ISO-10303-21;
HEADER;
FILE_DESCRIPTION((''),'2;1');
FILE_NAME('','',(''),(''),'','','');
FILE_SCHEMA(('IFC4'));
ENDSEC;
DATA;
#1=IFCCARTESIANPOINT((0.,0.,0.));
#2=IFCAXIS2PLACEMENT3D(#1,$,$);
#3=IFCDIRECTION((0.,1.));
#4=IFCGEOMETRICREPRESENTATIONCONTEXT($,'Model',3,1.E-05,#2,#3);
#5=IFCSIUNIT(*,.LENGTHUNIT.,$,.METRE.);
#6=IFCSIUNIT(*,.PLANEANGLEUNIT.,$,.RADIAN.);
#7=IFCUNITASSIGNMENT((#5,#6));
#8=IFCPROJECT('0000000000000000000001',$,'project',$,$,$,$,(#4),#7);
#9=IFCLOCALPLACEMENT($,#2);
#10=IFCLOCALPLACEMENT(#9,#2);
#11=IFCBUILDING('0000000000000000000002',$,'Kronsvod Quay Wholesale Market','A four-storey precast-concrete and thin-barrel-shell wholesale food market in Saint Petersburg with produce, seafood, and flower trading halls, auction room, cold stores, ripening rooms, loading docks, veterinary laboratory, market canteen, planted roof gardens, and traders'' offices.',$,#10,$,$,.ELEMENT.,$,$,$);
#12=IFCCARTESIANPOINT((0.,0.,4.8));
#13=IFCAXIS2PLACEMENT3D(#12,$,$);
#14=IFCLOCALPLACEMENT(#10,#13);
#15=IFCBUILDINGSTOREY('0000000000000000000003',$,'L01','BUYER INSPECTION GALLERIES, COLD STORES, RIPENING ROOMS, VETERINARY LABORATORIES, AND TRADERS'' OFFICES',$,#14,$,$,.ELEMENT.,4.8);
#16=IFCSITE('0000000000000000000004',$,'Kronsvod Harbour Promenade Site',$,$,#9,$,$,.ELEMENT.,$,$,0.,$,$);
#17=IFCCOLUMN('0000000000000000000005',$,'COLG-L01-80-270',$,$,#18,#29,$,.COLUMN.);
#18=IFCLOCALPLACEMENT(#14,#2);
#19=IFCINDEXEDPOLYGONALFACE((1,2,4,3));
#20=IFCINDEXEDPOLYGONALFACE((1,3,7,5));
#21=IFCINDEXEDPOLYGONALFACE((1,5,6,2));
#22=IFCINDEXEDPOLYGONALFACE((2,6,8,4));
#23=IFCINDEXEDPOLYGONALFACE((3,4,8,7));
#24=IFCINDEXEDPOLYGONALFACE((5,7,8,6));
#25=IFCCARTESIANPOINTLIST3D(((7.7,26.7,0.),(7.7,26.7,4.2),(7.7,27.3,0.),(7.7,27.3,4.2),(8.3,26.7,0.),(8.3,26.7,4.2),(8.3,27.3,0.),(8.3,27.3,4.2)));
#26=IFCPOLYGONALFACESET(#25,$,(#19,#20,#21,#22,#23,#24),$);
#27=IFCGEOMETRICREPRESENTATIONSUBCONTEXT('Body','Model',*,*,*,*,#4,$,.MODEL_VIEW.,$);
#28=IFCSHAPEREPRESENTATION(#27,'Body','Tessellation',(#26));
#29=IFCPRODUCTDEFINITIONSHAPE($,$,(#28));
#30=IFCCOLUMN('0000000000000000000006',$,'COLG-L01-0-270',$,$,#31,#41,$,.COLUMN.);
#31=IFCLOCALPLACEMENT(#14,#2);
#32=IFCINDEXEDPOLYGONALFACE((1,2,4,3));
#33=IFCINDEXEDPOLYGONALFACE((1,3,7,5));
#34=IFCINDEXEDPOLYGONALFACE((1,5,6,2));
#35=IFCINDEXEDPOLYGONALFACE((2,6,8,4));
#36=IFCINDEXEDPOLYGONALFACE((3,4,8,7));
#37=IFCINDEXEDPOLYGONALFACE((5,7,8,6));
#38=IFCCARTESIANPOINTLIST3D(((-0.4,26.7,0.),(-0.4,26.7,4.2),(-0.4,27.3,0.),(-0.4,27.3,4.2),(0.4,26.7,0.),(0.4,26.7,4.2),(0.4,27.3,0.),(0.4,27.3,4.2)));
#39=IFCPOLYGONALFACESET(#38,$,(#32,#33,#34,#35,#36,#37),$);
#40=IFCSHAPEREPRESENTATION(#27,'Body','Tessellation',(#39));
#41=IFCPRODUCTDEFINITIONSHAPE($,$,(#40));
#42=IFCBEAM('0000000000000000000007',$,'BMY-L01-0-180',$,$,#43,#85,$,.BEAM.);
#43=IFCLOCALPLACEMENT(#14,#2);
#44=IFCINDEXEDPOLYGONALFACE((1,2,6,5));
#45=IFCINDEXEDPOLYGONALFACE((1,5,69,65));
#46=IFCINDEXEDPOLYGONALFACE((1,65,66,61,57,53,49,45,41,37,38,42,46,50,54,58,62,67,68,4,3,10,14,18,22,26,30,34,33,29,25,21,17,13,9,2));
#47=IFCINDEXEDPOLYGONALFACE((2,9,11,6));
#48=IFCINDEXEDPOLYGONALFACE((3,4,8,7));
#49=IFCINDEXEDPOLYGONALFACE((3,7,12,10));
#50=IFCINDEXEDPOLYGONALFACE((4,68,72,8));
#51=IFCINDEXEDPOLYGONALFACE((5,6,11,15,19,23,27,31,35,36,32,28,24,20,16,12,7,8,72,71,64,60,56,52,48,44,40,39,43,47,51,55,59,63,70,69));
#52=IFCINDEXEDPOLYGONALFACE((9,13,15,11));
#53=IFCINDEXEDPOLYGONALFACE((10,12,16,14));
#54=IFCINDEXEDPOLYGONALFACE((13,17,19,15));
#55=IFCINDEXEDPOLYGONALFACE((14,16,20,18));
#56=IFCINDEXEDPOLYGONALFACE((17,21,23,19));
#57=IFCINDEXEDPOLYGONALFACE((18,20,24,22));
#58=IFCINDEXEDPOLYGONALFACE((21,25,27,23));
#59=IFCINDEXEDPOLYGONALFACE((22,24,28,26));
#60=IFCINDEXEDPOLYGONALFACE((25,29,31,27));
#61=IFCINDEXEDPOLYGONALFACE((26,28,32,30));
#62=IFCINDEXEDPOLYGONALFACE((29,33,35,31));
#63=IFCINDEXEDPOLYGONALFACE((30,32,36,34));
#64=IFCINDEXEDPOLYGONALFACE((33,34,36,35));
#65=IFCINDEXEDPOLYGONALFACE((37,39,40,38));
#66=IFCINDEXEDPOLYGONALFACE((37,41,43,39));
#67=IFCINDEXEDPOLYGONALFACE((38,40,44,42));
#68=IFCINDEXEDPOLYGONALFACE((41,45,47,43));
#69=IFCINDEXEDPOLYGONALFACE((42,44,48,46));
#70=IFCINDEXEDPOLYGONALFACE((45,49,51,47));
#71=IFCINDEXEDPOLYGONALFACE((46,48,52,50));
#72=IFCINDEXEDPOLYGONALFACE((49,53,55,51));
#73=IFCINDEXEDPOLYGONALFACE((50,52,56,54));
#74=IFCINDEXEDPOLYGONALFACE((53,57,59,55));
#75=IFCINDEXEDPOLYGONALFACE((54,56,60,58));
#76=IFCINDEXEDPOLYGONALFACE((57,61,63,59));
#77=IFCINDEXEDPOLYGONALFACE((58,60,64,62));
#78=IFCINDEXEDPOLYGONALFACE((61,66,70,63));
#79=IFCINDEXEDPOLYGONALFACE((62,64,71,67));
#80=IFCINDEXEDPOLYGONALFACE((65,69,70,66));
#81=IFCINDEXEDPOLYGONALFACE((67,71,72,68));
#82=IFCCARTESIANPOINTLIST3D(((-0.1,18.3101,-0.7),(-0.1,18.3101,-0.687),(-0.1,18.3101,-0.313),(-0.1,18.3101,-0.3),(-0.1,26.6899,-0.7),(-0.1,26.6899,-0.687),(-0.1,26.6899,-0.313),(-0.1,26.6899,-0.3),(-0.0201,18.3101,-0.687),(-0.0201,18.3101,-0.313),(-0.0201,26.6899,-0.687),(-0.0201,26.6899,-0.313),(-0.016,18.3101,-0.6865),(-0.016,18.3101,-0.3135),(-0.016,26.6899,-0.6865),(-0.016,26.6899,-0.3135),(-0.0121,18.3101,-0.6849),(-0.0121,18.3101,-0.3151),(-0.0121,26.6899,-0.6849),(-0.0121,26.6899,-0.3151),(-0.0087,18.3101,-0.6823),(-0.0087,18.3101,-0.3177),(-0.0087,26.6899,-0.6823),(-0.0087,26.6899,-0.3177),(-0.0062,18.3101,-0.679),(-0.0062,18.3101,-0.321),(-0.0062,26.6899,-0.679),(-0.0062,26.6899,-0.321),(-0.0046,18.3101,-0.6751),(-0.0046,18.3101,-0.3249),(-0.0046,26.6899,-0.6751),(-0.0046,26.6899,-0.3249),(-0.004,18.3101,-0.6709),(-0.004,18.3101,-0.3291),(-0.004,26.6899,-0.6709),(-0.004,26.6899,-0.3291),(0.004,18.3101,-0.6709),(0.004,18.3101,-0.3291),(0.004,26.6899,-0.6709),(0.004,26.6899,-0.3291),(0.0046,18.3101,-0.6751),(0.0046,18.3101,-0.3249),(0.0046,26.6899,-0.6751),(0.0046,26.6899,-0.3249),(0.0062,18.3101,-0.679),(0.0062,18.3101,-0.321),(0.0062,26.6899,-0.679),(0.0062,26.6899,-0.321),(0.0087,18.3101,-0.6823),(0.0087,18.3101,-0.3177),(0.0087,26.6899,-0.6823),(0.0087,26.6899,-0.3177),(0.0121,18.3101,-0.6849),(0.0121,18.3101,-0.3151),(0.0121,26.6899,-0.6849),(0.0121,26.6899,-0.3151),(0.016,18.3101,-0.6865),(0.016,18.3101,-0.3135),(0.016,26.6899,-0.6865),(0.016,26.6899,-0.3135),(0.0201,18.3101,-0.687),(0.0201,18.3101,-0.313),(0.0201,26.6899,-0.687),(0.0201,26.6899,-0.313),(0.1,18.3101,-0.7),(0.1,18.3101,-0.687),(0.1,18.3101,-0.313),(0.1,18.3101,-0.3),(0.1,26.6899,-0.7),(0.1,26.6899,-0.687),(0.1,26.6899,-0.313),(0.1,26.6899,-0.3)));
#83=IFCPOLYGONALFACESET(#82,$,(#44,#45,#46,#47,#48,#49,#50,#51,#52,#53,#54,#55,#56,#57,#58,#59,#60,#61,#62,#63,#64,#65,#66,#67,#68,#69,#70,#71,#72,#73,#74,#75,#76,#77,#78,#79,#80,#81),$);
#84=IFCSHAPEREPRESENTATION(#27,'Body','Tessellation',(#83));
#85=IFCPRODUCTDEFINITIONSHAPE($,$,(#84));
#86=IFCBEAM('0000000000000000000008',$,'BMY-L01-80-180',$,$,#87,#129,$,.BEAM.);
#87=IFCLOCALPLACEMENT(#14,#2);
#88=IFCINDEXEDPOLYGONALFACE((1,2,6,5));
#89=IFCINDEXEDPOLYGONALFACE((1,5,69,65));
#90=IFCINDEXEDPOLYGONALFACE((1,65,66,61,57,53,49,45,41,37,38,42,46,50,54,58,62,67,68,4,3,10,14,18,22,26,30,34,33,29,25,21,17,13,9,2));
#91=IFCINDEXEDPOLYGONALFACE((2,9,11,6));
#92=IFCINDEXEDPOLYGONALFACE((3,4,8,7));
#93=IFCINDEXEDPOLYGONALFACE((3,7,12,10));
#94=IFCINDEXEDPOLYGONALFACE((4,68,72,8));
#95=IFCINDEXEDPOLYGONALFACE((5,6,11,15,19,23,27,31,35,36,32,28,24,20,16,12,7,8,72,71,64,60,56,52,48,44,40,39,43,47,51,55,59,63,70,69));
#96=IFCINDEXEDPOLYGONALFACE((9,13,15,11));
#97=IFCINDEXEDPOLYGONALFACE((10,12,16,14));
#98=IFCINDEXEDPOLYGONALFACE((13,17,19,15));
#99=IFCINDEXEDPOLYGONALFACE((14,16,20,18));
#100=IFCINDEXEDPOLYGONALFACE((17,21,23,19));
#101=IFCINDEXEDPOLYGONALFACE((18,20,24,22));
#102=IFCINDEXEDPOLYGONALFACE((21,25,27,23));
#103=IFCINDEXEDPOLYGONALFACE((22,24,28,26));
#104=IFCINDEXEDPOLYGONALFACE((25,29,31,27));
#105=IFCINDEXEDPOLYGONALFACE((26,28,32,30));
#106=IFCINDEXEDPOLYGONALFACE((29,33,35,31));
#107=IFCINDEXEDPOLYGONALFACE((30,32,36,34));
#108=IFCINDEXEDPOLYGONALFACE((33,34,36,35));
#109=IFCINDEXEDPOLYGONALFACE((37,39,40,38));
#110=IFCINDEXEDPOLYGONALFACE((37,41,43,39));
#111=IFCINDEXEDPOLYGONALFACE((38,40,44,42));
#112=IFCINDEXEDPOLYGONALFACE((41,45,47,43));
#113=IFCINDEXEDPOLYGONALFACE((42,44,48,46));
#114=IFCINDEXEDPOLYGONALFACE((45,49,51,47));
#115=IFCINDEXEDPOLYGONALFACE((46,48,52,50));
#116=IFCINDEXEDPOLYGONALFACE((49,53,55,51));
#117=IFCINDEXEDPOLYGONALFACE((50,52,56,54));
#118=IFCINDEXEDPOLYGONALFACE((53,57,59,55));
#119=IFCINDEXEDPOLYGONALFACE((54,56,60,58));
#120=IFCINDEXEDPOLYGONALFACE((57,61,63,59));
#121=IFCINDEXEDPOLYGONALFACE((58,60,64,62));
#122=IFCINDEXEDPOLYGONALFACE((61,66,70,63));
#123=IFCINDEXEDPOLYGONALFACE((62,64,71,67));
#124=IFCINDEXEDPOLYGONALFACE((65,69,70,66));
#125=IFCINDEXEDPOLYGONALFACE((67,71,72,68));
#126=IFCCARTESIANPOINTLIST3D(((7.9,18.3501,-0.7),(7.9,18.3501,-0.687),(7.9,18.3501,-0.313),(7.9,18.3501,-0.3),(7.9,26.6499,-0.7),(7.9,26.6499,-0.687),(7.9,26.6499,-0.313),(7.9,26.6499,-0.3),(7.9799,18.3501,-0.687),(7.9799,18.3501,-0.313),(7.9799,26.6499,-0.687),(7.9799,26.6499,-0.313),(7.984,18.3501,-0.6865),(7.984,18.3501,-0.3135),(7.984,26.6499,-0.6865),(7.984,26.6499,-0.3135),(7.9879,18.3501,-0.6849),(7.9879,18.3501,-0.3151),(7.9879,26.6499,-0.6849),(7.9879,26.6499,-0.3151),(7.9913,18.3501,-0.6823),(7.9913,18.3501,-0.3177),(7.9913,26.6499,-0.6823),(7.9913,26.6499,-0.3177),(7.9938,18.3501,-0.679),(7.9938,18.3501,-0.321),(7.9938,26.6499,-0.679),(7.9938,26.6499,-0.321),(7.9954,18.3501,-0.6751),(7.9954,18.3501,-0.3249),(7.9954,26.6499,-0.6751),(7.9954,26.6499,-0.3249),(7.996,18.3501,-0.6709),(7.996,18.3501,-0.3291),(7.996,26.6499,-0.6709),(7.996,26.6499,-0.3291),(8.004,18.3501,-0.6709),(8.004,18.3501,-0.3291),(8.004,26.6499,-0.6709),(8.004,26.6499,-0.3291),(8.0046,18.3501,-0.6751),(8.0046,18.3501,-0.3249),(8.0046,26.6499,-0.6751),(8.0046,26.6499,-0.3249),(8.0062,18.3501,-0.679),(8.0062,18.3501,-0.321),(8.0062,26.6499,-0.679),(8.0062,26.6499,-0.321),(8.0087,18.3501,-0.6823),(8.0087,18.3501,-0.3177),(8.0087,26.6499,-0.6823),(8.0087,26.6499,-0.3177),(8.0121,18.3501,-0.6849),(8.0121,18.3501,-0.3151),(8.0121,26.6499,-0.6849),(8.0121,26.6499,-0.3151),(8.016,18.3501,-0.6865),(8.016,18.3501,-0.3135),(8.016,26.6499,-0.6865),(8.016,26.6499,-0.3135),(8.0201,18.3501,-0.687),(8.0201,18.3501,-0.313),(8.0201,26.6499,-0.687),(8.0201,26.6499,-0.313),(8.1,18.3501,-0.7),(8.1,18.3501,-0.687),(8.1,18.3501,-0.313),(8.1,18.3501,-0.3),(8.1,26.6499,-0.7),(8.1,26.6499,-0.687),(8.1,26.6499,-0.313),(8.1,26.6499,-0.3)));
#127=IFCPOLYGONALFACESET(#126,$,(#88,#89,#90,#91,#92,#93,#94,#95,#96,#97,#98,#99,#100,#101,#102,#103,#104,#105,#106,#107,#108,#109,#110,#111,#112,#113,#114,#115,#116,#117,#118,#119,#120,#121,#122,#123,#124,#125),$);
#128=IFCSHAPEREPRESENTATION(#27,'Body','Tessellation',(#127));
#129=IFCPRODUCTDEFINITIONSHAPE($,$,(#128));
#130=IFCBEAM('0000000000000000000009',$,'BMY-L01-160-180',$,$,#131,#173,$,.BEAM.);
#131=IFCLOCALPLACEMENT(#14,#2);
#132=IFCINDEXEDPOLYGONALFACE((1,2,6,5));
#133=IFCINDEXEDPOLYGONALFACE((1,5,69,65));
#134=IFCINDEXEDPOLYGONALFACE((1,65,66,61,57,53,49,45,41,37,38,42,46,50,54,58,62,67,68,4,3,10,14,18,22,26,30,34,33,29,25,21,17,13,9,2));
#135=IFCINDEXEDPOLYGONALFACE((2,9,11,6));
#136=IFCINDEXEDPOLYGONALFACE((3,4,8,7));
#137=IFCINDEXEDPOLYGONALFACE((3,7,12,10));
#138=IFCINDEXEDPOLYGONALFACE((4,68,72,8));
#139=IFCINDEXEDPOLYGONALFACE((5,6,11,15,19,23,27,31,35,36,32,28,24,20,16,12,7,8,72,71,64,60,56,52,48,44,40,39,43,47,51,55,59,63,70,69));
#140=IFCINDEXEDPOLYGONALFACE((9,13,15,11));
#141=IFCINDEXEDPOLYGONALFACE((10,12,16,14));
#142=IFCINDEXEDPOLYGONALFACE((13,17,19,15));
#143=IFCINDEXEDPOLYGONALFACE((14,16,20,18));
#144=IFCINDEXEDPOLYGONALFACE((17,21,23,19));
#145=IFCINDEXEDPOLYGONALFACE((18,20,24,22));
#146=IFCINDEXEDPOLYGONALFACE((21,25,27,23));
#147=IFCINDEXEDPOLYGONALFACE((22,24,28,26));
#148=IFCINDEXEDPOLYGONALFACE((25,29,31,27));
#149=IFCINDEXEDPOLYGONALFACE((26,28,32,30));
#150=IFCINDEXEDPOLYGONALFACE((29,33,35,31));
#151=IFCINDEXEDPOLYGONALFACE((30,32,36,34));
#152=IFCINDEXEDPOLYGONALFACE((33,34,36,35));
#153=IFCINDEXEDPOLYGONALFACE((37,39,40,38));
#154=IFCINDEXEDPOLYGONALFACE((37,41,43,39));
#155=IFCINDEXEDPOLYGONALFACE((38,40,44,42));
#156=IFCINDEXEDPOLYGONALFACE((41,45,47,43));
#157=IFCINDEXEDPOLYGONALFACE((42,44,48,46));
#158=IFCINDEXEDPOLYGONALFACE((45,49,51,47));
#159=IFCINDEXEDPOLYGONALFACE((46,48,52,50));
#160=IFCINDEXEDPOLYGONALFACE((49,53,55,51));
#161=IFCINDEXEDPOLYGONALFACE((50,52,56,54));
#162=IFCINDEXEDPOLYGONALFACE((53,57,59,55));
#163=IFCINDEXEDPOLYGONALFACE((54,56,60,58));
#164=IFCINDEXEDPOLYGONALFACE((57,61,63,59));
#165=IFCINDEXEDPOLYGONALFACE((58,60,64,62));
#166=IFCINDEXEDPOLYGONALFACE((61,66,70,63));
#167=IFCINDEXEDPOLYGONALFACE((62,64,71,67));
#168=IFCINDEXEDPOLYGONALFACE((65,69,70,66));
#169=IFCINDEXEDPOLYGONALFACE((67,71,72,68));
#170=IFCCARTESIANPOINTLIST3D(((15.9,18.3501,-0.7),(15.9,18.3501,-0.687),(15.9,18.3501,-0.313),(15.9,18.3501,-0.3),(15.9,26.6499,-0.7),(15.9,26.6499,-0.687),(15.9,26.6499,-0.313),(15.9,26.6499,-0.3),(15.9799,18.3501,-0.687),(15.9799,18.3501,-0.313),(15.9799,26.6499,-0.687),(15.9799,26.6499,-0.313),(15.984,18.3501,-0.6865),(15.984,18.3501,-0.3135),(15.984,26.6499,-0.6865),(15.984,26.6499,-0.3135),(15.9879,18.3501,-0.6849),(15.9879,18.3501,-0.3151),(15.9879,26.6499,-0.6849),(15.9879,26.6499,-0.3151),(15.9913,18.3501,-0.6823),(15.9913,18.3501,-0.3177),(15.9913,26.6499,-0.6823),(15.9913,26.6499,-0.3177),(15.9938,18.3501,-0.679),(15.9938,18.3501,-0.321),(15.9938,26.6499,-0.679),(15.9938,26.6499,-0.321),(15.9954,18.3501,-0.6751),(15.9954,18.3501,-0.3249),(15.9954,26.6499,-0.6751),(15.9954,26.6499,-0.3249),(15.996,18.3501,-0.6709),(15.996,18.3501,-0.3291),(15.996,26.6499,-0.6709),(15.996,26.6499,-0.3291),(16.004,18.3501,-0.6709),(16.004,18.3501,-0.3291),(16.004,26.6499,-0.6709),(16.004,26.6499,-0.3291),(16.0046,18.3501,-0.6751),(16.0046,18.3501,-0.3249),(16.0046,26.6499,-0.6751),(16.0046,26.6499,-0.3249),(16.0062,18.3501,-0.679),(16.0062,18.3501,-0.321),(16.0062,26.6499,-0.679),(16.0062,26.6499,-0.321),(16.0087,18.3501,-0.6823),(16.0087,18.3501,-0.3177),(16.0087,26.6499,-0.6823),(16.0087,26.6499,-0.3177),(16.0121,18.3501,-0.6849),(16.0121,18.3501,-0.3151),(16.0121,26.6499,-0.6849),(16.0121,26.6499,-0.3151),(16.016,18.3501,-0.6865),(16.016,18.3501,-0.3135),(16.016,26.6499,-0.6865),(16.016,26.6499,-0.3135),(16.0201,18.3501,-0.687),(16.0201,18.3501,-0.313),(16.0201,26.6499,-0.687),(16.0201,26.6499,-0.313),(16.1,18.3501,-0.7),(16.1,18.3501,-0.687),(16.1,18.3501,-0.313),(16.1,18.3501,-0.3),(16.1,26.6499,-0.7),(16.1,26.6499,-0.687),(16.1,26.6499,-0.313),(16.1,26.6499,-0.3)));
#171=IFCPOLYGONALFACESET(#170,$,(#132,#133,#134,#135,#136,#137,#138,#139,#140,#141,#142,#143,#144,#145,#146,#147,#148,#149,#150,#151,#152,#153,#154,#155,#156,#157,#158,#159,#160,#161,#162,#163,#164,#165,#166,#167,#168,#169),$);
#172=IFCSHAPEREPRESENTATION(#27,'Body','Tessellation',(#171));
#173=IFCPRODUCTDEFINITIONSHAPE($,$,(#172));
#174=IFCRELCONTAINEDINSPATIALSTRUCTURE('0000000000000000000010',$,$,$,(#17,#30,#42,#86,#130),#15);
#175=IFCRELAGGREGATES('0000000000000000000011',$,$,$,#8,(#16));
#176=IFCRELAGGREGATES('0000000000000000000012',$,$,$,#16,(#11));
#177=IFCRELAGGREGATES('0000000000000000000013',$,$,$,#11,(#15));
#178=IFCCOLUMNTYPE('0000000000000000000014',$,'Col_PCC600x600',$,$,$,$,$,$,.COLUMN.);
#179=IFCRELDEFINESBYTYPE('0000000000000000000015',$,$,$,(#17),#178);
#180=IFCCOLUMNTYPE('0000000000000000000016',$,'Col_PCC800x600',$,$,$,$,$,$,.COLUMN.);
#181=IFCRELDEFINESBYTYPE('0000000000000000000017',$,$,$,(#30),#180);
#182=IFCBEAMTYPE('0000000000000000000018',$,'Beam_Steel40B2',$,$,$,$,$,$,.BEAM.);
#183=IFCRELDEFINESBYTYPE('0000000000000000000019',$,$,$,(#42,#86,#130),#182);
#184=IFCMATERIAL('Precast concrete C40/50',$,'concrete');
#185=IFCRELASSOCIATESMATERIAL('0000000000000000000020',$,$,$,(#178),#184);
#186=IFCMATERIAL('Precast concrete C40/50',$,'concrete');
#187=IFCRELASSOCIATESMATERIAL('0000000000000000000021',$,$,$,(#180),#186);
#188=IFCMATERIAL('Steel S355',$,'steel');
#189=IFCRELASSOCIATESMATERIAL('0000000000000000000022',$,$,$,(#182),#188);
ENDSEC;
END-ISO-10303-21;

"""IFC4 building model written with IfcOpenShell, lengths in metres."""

from ifc_helpers import new_model, si_unit, direction, frame, origin, origin_2d, place, context, subcontext, project, spatial, rectangle, i_section, extrude, material, material_profile, profile_set, type_object, element, save


model = new_model("IFC4")

# Units and contexts
model_context = context("Model", 3, precision=1e-05, world=origin(), true_north=direction((0.0, 1.0)))
body_context = subcontext(model_context, "Body", "Model", "MODEL_VIEW")
ifc_project = project(units=[si_unit("LENGTHUNIT", "METRE"), si_unit("PLANEANGLEUNIT", "RADIAN")], contexts=[model_context])

# Site, building, storey
site_placement = place(None, origin())
site = spatial("IfcSite", under=ifc_project, at=site_placement, Name="Kronsvod Harbour Promenade Site", CompositionType="ELEMENT", RefElevation=0.0)
building_placement = place(site_placement, origin())
building = spatial("IfcBuilding", under=site, at=building_placement, Name="Kronsvod Quay Wholesale Market", Description="A four-storey precast-concrete and thin-barrel-shell wholesale food market in Saint Petersburg with produce, seafood, and flower trading halls, auction room, cold stores, ripening rooms, loading docks, veterinary laboratory, market canteen, planted roof gardens, and traders' offices.", CompositionType="ELEMENT")
storey_placement = place(building_placement, frame((0.0, 0.0, 4.8)))
storey = spatial("IfcBuildingStorey", under=building, at=storey_placement, Name="L01", Description="BUYER INSPECTION GALLERIES, COLD STORES, RIPENING ROOMS, VETERINARY LABORATORIES, AND TRADERS' OFFICES", CompositionType="ELEMENT", Elevation=4.8)

# Columns
ifc_material_1 = material(Name="Precast concrete C40/50", Category="concrete")
ifc_material_profile_1 = material_profile(ifc_material_1, rectangle(XDim=0.6001, YDim=0.6001, at=origin_2d()), Name="PCC600x600")
ifc_profile_set_1 = profile_set([ifc_material_profile_1], Name="Precast concrete C40/50")
column_type_1 = type_object("IfcColumnType", Name="Col_PCC600x600", PredefinedType="COLUMN", material=ifc_profile_set_1)
column_1_placement = place(storey_placement, frame((8.0, 27.0, 0.0), z_axis=(0.0, 0.0, 1.0), x_axis=(1.0, 0.0, 0.0)))
element("IfcColumn", 1, at=column_1_placement, inside=storey, type_object=column_type_1, Name="COLG-L01-80-270", PredefinedType="COLUMN", context=body_context, shape_type="SweptSolid", body=[
    extrude(rectangle(XDim=0.6001, YDim=0.6001, at=origin_2d()), origin(), (0.0, 0.0, 1.0), 4.2),
])
ifc_material_2 = material(Name="Precast concrete C40/50", Category="concrete")
ifc_material_profile_2 = material_profile(ifc_material_2, rectangle(XDim=0.8, YDim=0.6001, at=origin_2d()), Name="PCC800x600")
ifc_profile_set_2 = profile_set([ifc_material_profile_2], Name="Precast concrete C40/50")
column_type_2 = type_object("IfcColumnType", Name="Col_PCC800x600", PredefinedType="COLUMN", material=ifc_profile_set_2)
column_2_placement = place(storey_placement, frame((0.0, 27.0, 0.0), z_axis=(0.0, 0.0, 1.0), x_axis=(1.0, 0.0, 0.0)))
element("IfcColumn", 2, at=column_2_placement, inside=storey, type_object=column_type_2, Name="COLG-L01-0-270", PredefinedType="COLUMN", context=body_context, shape_type="SweptSolid", body=[
    extrude(rectangle(XDim=0.8, YDim=0.6001, at=origin_2d()), origin(), (0.0, 0.0, 1.0), 4.2),
])

# Beams
ifc_material_3 = material(Name="Steel S355", Category="steel")
ifc_material_profile_3 = material_profile(ifc_material_3, i_section(OverallWidth=0.2, OverallDepth=0.3999, WebThickness=0.0081, FlangeThickness=0.0129, FilletRadius=0.0161, at=origin_2d()), Name="40B2")
ifc_profile_set_3 = profile_set([ifc_material_profile_3], Name="Steel S355")
beam_type_1 = type_object("IfcBeamType", Name="Beam_Steel40B2", PredefinedType="BEAM", material=ifc_profile_set_3)
beam_1_placement = place(storey_placement, frame((0.0, 18.3101, -0.5), z_axis=(0.0, 1.0, 0.0), x_axis=(-1.0, 0.0, 0.0)))
element("IfcBeam", 3, at=beam_1_placement, inside=storey, type_object=beam_type_1, Name="BMY-L01-0-180", PredefinedType="BEAM", context=body_context, shape_type="SweptSolid", body=[
    extrude(i_section(OverallWidth=0.2, OverallDepth=0.3999, WebThickness=0.0081, FlangeThickness=0.0129, FilletRadius=0.0161, at=origin_2d()), origin(), (0.0, 0.0, 1.0), 8.3799),
])
for number, where, z_axis, x_axis, name in (
    (4, (8.0, 18.3501, -0.5), (0.0, 1.0, 0.0), (-1.0, 0.0, 0.0), "BMY-L01-80-180"),
    (5, (16.0, 18.3501, -0.5), (0.0, 1.0, 0.0), (-1.0, 0.0, 0.0), "BMY-L01-160-180"),
):
    element("IfcBeam", number, at=place(storey_placement, frame(where, z_axis=z_axis, x_axis=x_axis)), inside=storey, type_object=beam_type_1, Name=name, PredefinedType="BEAM", context=body_context, shape_type="SweptSolid", body=[
        extrude(i_section(OverallWidth=0.2, OverallDepth=0.3999, WebThickness=0.0081, FlangeThickness=0.0129, FilletRadius=0.0161, at=origin_2d()), origin(), (0.0, 0.0, 1.0), 8.2998),
    ])

save(model, "model.ifc")
